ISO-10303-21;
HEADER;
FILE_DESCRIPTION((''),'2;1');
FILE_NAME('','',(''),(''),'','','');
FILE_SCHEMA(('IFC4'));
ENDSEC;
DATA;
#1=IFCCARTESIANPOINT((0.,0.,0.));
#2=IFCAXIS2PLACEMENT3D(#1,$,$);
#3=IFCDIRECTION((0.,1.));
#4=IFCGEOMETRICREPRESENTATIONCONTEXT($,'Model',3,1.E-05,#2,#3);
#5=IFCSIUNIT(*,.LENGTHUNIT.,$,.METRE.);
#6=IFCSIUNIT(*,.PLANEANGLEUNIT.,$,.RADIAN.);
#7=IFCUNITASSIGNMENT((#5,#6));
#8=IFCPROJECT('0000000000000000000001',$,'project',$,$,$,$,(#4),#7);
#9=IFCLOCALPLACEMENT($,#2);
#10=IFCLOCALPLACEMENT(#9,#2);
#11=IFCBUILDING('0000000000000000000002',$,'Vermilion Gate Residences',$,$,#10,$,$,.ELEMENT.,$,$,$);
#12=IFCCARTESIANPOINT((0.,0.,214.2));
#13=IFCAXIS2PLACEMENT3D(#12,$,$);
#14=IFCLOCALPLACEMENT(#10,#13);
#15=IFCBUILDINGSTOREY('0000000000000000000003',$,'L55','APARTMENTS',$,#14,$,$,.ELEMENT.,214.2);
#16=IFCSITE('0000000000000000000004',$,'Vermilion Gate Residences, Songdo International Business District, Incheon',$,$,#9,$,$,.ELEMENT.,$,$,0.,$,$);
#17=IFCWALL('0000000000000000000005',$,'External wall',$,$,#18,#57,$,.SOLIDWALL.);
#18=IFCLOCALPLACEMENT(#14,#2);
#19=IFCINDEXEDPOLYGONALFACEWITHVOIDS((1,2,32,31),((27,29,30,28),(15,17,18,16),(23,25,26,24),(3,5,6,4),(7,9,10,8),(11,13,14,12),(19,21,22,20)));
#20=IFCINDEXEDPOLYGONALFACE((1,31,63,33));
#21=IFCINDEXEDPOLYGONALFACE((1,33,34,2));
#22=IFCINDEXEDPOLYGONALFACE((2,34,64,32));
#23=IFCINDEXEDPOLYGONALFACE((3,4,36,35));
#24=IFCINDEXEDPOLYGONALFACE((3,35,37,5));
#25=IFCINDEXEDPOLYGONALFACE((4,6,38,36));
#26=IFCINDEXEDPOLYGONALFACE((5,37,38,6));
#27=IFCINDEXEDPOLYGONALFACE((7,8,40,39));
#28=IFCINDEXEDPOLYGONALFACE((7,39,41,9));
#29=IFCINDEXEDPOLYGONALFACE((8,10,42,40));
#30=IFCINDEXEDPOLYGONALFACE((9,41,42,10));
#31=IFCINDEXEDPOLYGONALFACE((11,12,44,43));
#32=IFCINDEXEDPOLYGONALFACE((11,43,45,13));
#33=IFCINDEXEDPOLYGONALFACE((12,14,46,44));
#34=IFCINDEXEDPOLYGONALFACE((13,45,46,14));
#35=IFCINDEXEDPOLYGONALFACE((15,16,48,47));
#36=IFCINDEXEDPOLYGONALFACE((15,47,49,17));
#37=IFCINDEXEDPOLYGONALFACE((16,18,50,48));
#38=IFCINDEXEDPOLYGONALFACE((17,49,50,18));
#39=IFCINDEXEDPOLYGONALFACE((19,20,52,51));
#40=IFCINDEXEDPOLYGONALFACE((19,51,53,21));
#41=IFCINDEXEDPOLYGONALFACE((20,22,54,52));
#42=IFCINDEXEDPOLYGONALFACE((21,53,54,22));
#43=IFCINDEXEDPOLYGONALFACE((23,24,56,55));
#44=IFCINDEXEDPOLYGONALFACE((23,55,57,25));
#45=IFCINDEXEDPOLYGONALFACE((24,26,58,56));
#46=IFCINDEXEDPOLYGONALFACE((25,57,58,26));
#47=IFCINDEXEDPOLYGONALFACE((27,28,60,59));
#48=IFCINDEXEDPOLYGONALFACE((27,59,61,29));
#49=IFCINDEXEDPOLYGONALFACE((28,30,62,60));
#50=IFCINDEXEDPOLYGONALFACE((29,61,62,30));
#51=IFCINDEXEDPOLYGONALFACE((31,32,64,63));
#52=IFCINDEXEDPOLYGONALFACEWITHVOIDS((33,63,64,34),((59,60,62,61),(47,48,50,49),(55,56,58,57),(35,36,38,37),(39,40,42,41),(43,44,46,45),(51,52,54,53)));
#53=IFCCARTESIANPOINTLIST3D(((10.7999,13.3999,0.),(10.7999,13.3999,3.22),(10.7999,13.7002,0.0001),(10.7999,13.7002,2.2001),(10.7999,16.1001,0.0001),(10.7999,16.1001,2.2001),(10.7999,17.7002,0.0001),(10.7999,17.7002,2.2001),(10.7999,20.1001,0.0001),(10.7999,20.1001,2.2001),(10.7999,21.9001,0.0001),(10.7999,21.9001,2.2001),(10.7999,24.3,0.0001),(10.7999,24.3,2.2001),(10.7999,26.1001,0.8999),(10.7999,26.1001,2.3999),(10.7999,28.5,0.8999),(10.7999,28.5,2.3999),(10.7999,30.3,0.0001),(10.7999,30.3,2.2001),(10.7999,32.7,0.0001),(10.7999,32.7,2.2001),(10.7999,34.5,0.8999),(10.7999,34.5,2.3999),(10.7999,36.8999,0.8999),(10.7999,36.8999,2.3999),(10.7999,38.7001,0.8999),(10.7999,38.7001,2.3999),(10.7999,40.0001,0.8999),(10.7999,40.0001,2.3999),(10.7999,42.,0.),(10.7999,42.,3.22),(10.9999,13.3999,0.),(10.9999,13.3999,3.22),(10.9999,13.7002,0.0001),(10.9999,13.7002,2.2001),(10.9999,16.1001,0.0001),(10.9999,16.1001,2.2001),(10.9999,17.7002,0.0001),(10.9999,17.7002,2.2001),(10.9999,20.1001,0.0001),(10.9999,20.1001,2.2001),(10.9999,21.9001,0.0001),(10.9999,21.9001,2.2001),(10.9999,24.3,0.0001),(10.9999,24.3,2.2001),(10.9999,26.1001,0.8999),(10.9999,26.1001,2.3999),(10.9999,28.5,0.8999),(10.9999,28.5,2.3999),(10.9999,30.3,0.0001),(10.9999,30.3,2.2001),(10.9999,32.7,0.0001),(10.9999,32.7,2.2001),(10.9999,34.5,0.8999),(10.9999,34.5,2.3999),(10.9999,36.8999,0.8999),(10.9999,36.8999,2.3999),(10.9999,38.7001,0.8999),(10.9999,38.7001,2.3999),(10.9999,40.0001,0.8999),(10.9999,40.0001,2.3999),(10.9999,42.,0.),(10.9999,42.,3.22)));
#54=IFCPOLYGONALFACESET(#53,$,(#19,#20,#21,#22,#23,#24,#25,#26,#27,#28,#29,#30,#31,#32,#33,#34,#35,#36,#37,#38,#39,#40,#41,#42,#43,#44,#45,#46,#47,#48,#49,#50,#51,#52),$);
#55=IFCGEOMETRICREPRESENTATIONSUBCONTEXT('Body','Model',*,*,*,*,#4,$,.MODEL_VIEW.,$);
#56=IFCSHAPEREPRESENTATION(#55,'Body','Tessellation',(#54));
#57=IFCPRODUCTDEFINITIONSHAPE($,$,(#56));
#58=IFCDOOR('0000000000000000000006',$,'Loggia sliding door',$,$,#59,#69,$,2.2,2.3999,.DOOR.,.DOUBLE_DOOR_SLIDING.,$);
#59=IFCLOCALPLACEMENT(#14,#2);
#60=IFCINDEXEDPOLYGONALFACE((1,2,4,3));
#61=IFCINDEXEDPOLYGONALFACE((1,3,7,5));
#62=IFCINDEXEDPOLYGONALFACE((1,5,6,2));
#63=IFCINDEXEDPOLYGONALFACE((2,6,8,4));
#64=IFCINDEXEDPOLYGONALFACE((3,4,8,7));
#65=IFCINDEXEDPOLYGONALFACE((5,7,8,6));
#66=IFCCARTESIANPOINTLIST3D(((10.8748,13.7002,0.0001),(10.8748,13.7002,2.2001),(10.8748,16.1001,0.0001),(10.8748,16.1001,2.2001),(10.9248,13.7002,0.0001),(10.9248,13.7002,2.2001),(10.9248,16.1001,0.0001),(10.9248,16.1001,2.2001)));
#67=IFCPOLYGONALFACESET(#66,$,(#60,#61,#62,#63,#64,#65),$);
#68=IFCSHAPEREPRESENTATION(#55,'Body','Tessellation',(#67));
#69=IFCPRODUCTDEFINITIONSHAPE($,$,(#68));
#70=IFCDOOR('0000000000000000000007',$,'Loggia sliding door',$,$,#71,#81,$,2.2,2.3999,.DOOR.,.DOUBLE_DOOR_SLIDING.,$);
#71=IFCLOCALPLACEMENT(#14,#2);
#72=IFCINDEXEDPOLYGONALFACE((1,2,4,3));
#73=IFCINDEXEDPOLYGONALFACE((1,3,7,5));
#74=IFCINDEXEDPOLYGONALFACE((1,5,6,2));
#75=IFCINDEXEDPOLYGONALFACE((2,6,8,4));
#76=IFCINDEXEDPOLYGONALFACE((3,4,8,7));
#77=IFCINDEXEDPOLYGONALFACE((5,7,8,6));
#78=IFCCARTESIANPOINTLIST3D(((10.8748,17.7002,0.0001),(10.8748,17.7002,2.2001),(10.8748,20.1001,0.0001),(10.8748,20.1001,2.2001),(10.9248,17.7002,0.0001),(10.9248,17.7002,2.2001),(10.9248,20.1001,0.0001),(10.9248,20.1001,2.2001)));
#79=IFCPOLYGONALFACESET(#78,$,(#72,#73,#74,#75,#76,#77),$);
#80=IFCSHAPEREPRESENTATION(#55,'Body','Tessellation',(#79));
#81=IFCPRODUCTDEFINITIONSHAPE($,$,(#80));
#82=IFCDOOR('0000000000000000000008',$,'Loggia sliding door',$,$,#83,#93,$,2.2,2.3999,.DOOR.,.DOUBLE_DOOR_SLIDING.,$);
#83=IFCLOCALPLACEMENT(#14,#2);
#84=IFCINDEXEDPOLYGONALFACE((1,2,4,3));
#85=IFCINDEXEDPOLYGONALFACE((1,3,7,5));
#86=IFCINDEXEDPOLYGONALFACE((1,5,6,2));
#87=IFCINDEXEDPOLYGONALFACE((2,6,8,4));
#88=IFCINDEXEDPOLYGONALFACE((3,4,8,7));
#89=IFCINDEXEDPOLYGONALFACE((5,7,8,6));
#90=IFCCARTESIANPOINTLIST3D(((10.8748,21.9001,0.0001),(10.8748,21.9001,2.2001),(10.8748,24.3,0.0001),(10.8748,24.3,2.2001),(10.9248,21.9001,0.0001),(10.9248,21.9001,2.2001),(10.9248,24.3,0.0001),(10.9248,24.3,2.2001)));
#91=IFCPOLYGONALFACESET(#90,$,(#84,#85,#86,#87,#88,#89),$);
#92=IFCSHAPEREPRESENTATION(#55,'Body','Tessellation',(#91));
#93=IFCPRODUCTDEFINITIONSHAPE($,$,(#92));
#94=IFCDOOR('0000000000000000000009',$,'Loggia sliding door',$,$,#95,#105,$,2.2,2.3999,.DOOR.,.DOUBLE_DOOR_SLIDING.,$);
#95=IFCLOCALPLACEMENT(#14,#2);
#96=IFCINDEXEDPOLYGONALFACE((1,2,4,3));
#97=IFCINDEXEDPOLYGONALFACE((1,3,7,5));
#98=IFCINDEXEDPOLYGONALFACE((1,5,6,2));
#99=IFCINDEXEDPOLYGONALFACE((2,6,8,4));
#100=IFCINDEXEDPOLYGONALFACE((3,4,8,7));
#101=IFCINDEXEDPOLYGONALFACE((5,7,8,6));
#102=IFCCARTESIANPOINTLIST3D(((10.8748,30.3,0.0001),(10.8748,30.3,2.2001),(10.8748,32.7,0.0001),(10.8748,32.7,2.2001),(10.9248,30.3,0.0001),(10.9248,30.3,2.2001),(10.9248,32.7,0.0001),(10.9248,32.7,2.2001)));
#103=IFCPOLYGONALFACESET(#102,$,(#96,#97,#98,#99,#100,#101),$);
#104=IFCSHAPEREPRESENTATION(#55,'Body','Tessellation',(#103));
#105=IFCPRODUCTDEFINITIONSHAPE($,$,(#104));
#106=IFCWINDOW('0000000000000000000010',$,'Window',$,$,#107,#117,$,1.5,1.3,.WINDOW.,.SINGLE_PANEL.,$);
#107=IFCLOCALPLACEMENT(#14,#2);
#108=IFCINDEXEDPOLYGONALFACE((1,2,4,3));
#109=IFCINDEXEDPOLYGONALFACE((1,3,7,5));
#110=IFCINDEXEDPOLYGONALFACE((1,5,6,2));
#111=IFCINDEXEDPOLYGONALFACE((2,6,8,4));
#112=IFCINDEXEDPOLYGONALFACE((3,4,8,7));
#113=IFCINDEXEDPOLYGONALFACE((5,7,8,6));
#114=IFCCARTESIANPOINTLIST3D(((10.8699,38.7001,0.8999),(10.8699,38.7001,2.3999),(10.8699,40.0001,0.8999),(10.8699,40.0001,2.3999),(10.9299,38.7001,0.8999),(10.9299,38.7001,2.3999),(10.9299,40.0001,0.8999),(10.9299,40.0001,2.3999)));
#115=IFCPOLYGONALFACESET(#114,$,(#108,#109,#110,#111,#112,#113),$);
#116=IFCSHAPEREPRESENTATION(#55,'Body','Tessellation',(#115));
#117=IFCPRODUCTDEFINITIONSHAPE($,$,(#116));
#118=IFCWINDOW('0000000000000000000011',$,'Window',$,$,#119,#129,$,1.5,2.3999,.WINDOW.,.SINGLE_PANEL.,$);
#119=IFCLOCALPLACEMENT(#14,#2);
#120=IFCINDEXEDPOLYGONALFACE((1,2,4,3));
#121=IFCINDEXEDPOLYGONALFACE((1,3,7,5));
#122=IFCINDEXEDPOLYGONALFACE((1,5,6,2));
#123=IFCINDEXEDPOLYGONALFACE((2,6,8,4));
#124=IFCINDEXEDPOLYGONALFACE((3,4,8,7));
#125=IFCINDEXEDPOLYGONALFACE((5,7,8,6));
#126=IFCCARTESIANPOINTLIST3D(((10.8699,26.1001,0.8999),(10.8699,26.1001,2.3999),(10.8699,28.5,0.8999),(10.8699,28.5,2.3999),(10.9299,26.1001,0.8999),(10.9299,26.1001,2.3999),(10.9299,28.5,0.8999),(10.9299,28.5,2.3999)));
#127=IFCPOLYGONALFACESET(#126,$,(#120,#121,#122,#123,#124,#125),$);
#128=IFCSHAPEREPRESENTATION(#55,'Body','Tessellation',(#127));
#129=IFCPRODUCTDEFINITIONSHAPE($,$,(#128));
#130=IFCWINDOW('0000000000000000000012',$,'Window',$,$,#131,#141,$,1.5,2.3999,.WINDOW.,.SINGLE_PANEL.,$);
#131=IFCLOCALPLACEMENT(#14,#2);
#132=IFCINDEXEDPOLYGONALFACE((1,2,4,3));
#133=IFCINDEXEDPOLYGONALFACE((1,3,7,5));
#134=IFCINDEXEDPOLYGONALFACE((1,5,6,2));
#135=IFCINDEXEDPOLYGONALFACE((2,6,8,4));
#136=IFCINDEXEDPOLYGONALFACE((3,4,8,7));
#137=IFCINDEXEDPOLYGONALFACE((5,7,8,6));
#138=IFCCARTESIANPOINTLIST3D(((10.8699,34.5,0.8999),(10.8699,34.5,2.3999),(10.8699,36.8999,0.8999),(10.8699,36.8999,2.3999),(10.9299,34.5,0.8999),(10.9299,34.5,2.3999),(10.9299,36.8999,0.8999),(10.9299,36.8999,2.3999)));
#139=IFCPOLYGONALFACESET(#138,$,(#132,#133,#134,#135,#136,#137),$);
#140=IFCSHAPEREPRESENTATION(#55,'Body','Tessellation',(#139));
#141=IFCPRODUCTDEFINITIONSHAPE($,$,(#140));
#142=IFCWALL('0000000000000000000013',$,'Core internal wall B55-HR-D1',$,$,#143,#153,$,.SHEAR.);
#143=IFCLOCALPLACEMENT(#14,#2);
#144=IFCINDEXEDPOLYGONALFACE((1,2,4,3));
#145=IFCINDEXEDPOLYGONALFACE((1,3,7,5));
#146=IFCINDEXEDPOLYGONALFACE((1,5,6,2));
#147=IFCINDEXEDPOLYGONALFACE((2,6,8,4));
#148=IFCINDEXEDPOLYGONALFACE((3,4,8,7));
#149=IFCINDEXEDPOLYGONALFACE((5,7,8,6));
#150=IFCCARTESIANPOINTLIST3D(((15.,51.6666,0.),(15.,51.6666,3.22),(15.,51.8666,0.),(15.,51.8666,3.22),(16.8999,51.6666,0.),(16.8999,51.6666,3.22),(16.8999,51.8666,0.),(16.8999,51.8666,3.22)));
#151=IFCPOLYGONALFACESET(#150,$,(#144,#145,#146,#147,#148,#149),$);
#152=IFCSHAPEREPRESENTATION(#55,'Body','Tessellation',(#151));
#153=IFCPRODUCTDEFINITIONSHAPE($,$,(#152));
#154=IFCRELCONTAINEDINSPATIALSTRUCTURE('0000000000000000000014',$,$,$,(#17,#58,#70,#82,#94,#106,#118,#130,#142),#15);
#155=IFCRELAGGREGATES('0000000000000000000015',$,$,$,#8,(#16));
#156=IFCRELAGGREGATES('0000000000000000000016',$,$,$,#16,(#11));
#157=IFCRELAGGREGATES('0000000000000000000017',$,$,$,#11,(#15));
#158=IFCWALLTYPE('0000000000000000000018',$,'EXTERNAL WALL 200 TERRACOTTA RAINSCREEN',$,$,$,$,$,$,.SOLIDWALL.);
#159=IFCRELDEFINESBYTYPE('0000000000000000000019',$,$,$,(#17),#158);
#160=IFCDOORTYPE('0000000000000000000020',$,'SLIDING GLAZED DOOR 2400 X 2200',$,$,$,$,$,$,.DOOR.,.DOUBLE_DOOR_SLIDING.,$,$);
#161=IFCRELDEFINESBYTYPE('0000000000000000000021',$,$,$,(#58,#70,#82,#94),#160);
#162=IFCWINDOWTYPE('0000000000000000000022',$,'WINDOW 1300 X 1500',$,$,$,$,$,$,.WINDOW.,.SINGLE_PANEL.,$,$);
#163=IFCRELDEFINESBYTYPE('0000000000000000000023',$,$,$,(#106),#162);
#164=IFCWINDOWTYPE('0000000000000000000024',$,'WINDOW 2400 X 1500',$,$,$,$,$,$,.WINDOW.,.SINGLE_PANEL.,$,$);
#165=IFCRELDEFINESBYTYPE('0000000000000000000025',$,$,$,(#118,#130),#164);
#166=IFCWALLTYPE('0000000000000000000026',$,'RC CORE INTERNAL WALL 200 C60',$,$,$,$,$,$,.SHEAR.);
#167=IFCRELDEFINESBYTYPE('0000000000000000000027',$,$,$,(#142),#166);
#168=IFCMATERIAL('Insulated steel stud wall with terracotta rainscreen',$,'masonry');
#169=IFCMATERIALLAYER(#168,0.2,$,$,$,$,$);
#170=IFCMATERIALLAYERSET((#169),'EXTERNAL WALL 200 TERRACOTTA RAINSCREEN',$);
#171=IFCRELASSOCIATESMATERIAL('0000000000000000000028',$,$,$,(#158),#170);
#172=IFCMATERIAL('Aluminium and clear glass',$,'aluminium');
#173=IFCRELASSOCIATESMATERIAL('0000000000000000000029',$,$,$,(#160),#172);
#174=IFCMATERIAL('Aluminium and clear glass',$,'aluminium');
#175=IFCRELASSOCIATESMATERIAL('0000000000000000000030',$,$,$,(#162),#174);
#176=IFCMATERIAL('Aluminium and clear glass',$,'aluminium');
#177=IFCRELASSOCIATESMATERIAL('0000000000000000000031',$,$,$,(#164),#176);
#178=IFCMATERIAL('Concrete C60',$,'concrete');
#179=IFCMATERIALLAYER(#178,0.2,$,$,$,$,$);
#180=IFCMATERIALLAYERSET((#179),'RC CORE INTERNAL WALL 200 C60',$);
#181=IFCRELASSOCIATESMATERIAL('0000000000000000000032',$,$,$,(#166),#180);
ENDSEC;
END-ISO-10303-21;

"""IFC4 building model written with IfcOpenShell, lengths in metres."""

from ifc_helpers import new_model, si_unit, direction, frame, frame_2d, origin, place, context, subcontext, project, spatial, rectangle, extrude, material, layer, layer_set, type_object, element, fill, save


model = new_model("IFC4")

# Units and contexts
model_context = context("Model", 3, precision=1e-05, world=origin(), true_north=direction((0.0, 1.0)))
body_context = subcontext(model_context, "Body", "Model", "MODEL_VIEW")
ifc_project = project(units=[si_unit("LENGTHUNIT", "METRE"), si_unit("PLANEANGLEUNIT", "RADIAN")], contexts=[model_context])

# Site, building, storey
site_placement = place(None, origin())
site = spatial("IfcSite", under=ifc_project, at=site_placement, Name="Vermilion Gate Residences, Songdo International Business District, Incheon", CompositionType="ELEMENT", RefElevation=0.0)
building_placement = place(site_placement, origin())
building = spatial("IfcBuilding", under=site, at=building_placement, Name="Vermilion Gate Residences", CompositionType="ELEMENT")
storey_placement = place(building_placement, frame((0.0, 0.0, 214.2)))
storey = spatial("IfcBuildingStorey", under=building, at=storey_placement, Name="L55", Description="APARTMENTS", CompositionType="ELEMENT", Elevation=214.2)

# Wall, openings, doors, windows
ifc_material_1 = material(Name="Insulated steel stud wall with terracotta rainscreen", Category="masonry")
ifc_layer_1 = layer(ifc_material_1, 0.2)
ifc_layer_set_1 = layer_set([ifc_layer_1], Name="EXTERNAL WALL 200 TERRACOTTA RAINSCREEN")
wall_type_1 = type_object("IfcWallType", Name="EXTERNAL WALL 200 TERRACOTTA RAINSCREEN", PredefinedType="SOLIDWALL", material=ifc_layer_set_1)
wall_1_placement = place(storey_placement, frame((10.8999, 42.0, 0.0), z_axis=(0.0, 0.0, 1.0), x_axis=(0.0, -1.0, 0.0)))
wall_1 = element("IfcWall", 1, at=wall_1_placement, inside=storey, type_object=wall_type_1, Name="External wall", PredefinedType="SOLIDWALL", context=body_context, shape_type="SweptSolid", body=[
    extrude(rectangle(XDim=28.6001, YDim=0.2, at=frame_2d((14.3, 0.0))), origin(), (0.0, 0.0, 1.0), 3.22),
])
opening_1_placement = place(wall_1_placement, frame((25.8999, 0.0, 0.0)))
opening_1 = element("IfcOpeningElement", 2, at=opening_1_placement, cuts=wall_1, PredefinedType="OPENING", context=body_context, shape_type="SweptSolid", body=[
    extrude(rectangle(XDim=2.3999, YDim=2.2, at=frame_2d((1.2, 1.1001))), frame((0.0, 0.1099, 0.0), z_axis=(0.0, -1.0, 0.0), x_axis=(1.0, 0.0, 0.0)), (0.0, 0.0, 1.0), 0.22),
])
opening_2_placement = place(wall_1_placement, frame((21.8999, 0.0, 0.0)))
opening_2 = element("IfcOpeningElement", 3, at=opening_2_placement, cuts=wall_1, PredefinedType="OPENING", context=body_context, shape_type="SweptSolid", body=[
    extrude(rectangle(XDim=2.3999, YDim=2.2, at=frame_2d((1.2, 1.1001))), frame((0.0, 0.1099, 0.0), z_axis=(0.0, -1.0, 0.0), x_axis=(1.0, 0.0, 0.0)), (0.0, 0.0, 1.0), 0.22),
])
opening_3_placement = place(wall_1_placement, frame((17.7, 0.0, 0.0)))
opening_3 = element("IfcOpeningElement", 4, at=opening_3_placement, cuts=wall_1, PredefinedType="OPENING", context=body_context, shape_type="SweptSolid", body=[
    extrude(rectangle(XDim=2.3999, YDim=2.2, at=frame_2d((1.2, 1.1001))), frame((0.0, 0.1099, 0.0), z_axis=(0.0, -1.0, 0.0), x_axis=(1.0, 0.0, 0.0)), (0.0, 0.0, 1.0), 0.22),
])
opening_4_placement = place(wall_1_placement, frame((13.5, 0.0, 0.8999)))
opening_4 = element("IfcOpeningElement", 5, at=opening_4_placement, cuts=wall_1, PredefinedType="OPENING", context=body_context, shape_type="SweptSolid", body=[
    extrude(rectangle(XDim=2.3999, YDim=1.5, at=frame_2d((1.2, 0.75))), frame((0.0, 0.1099, 0.0), z_axis=(0.0, -1.0, 0.0), x_axis=(1.0, 0.0, 0.0)), (0.0, 0.0, 1.0), 0.22),
])
opening_5_placement = place(wall_1_placement, frame((9.3, 0.0, 0.0)))
opening_5 = element("IfcOpeningElement", 6, at=opening_5_placement, cuts=wall_1, PredefinedType="OPENING", context=body_context, shape_type="SweptSolid", body=[
    extrude(rectangle(XDim=2.3999, YDim=2.2, at=frame_2d((1.2, 1.1001))), frame((0.0, 0.1099, 0.0), z_axis=(0.0, -1.0, 0.0), x_axis=(1.0, 0.0, 0.0)), (0.0, 0.0, 1.0), 0.22),
])
opening_6_placement = place(wall_1_placement, frame((5.1001, 0.0, 0.8999)))
opening_6 = element("IfcOpeningElement", 7, at=opening_6_placement, cuts=wall_1, PredefinedType="OPENING", context=body_context, shape_type="SweptSolid", body=[
    extrude(rectangle(XDim=2.3999, YDim=1.5, at=frame_2d((1.2, 0.75))), frame((0.0, 0.1099, 0.0), z_axis=(0.0, -1.0, 0.0), x_axis=(1.0, 0.0, 0.0)), (0.0, 0.0, 1.0), 0.22),
])
opening_7_placement = place(wall_1_placement, frame((2.0, 0.0, 0.8999)))
opening_7 = element("IfcOpeningElement", 8, at=opening_7_placement, cuts=wall_1, PredefinedType="OPENING", context=body_context, shape_type="SweptSolid", body=[
    extrude(rectangle(XDim=1.3, YDim=1.5, at=frame_2d((0.6499, 0.75))), frame((0.0, 0.1099, 0.0), z_axis=(0.0, -1.0, 0.0), x_axis=(1.0, 0.0, 0.0)), (0.0, 0.0, 1.0), 0.22),
])
ifc_material_2 = material(Name="Aluminium and clear glass", Category="aluminium")
door_type_1 = type_object("IfcDoorType", Name="SLIDING GLAZED DOOR 2400 X 2200", OperationType="DOUBLE_DOOR_SLIDING", PredefinedType="DOOR", material=ifc_material_2)
door_1_placement = place(opening_1_placement, origin())
door_1 = element("IfcDoor", 9, at=door_1_placement, inside=storey, type_object=door_type_1, Name="Loggia sliding door", OperationType="DOUBLE_DOOR_SLIDING", OverallHeight=2.2, OverallWidth=2.3999, PredefinedType="DOOR", context=body_context, shape_type="SweptSolid", body=[
    extrude(rectangle(XDim=2.3999, YDim=2.2, at=frame_2d((1.2, 1.1001))), frame((0.0, 0.0249, 0.0), z_axis=(0.0, -1.0, 0.0), x_axis=(1.0, 0.0, 0.0)), (0.0, 0.0, 1.0), 0.05),
])
fill(opening_1, door_1)
door_2_placement = place(opening_2_placement, origin())
door_2 = element("IfcDoor", 10, at=door_2_placement, inside=storey, type_object=door_type_1, Name="Loggia sliding door", OperationType="DOUBLE_DOOR_SLIDING", OverallHeight=2.2, OverallWidth=2.3999, PredefinedType="DOOR", context=body_context, shape_type="SweptSolid", body=[
    extrude(rectangle(XDim=2.3999, YDim=2.2, at=frame_2d((1.2, 1.1001))), frame((0.0, 0.0249, 0.0), z_axis=(0.0, -1.0, 0.0), x_axis=(1.0, 0.0, 0.0)), (0.0, 0.0, 1.0), 0.05),
])
fill(opening_2, door_2)
door_3_placement = place(opening_3_placement, origin())
door_3 = element("IfcDoor", 11, at=door_3_placement, inside=storey, type_object=door_type_1, Name="Loggia sliding door", OperationType="DOUBLE_DOOR_SLIDING", OverallHeight=2.2, OverallWidth=2.3999, PredefinedType="DOOR", context=body_context, shape_type="SweptSolid", body=[
    extrude(rectangle(XDim=2.3999, YDim=2.2, at=frame_2d((1.2, 1.1001))), frame((0.0, 0.0249, 0.0), z_axis=(0.0, -1.0, 0.0), x_axis=(1.0, 0.0, 0.0)), (0.0, 0.0, 1.0), 0.05),
])
fill(opening_3, door_3)
door_4_placement = place(opening_5_placement, origin())
door_4 = element("IfcDoor", 12, at=door_4_placement, inside=storey, type_object=door_type_1, Name="Loggia sliding door", OperationType="DOUBLE_DOOR_SLIDING", OverallHeight=2.2, OverallWidth=2.3999, PredefinedType="DOOR", context=body_context, shape_type="SweptSolid", body=[
    extrude(rectangle(XDim=2.3999, YDim=2.2, at=frame_2d((1.2, 1.1001))), frame((0.0, 0.0249, 0.0), z_axis=(0.0, -1.0, 0.0), x_axis=(1.0, 0.0, 0.0)), (0.0, 0.0, 1.0), 0.05),
])
fill(opening_5, door_4)
ifc_material_3 = material(Name="Aluminium and clear glass", Category="aluminium")
window_type_1 = type_object("IfcWindowType", Name="WINDOW 1300 X 1500", PartitioningType="SINGLE_PANEL", PredefinedType="WINDOW", material=ifc_material_3)
window_1_placement = place(opening_7_placement, origin())
window_1 = element("IfcWindow", 13, at=window_1_placement, inside=storey, type_object=window_type_1, Name="Window", OverallHeight=1.5, OverallWidth=1.3, PartitioningType="SINGLE_PANEL", PredefinedType="WINDOW", context=body_context, shape_type="SweptSolid", body=[
    extrude(rectangle(XDim=1.3, YDim=1.5, at=frame_2d((0.6499, 0.75))), frame((0.0, 0.03, 0.0), z_axis=(0.0, -1.0, 0.0), x_axis=(1.0, 0.0, 0.0)), (0.0, 0.0, 1.0), 0.0601),
])
fill(opening_7, window_1)
ifc_material_4 = material(Name="Aluminium and clear glass", Category="aluminium")
window_type_2 = type_object("IfcWindowType", Name="WINDOW 2400 X 1500", PartitioningType="SINGLE_PANEL", PredefinedType="WINDOW", material=ifc_material_4)
window_2_placement = place(opening_4_placement, origin())
window_2 = element("IfcWindow", 14, at=window_2_placement, inside=storey, type_object=window_type_2, Name="Window", OverallHeight=1.5, OverallWidth=2.3999, PartitioningType="SINGLE_PANEL", PredefinedType="WINDOW", context=body_context, shape_type="SweptSolid", body=[
    extrude(rectangle(XDim=2.3999, YDim=1.5, at=frame_2d((1.2, 0.75))), frame((0.0, 0.03, 0.0), z_axis=(0.0, -1.0, 0.0), x_axis=(1.0, 0.0, 0.0)), (0.0, 0.0, 1.0), 0.0601),
])
fill(opening_4, window_2)
window_3_placement = place(opening_6_placement, origin())
window_3 = element("IfcWindow", 15, at=window_3_placement, inside=storey, type_object=window_type_2, Name="Window", OverallHeight=1.5, OverallWidth=2.3999, PartitioningType="SINGLE_PANEL", PredefinedType="WINDOW", context=body_context, shape_type="SweptSolid", body=[
    extrude(rectangle(XDim=2.3999, YDim=1.5, at=frame_2d((1.2, 0.75))), frame((0.0, 0.03, 0.0), z_axis=(0.0, -1.0, 0.0), x_axis=(1.0, 0.0, 0.0)), (0.0, 0.0, 1.0), 0.0601),
])
fill(opening_6, window_3)

# Wall
ifc_material_5 = material(Name="Concrete C60", Category="concrete")
ifc_layer_2 = layer(ifc_material_5, 0.2)
ifc_layer_set_2 = layer_set([ifc_layer_2], Name="RC CORE INTERNAL WALL 200 C60")
wall_type_2 = type_object("IfcWallType", Name="RC CORE INTERNAL WALL 200 C60", PredefinedType="SHEAR", material=ifc_layer_set_2)
for number, where, z_axis, x_axis, name in (
    (16, (15.0, 51.7666, 0.0), (0.0, 0.0, 1.0), (1.0, 0.0, 0.0), "Core internal wall B55-HR-D1"),
):
    element("IfcWall", number, at=place(storey_placement, frame(where, z_axis=z_axis, x_axis=x_axis)), inside=storey, type_object=wall_type_2, Name=name, PredefinedType="SHEAR", context=body_context, shape_type="SweptSolid", body=[
        extrude(rectangle(XDim=1.8999, YDim=0.2, at=frame_2d((0.95, 0.0))), origin(), (0.0, 0.0, 1.0), 3.22),
    ])

save(model, "model.ifc")
